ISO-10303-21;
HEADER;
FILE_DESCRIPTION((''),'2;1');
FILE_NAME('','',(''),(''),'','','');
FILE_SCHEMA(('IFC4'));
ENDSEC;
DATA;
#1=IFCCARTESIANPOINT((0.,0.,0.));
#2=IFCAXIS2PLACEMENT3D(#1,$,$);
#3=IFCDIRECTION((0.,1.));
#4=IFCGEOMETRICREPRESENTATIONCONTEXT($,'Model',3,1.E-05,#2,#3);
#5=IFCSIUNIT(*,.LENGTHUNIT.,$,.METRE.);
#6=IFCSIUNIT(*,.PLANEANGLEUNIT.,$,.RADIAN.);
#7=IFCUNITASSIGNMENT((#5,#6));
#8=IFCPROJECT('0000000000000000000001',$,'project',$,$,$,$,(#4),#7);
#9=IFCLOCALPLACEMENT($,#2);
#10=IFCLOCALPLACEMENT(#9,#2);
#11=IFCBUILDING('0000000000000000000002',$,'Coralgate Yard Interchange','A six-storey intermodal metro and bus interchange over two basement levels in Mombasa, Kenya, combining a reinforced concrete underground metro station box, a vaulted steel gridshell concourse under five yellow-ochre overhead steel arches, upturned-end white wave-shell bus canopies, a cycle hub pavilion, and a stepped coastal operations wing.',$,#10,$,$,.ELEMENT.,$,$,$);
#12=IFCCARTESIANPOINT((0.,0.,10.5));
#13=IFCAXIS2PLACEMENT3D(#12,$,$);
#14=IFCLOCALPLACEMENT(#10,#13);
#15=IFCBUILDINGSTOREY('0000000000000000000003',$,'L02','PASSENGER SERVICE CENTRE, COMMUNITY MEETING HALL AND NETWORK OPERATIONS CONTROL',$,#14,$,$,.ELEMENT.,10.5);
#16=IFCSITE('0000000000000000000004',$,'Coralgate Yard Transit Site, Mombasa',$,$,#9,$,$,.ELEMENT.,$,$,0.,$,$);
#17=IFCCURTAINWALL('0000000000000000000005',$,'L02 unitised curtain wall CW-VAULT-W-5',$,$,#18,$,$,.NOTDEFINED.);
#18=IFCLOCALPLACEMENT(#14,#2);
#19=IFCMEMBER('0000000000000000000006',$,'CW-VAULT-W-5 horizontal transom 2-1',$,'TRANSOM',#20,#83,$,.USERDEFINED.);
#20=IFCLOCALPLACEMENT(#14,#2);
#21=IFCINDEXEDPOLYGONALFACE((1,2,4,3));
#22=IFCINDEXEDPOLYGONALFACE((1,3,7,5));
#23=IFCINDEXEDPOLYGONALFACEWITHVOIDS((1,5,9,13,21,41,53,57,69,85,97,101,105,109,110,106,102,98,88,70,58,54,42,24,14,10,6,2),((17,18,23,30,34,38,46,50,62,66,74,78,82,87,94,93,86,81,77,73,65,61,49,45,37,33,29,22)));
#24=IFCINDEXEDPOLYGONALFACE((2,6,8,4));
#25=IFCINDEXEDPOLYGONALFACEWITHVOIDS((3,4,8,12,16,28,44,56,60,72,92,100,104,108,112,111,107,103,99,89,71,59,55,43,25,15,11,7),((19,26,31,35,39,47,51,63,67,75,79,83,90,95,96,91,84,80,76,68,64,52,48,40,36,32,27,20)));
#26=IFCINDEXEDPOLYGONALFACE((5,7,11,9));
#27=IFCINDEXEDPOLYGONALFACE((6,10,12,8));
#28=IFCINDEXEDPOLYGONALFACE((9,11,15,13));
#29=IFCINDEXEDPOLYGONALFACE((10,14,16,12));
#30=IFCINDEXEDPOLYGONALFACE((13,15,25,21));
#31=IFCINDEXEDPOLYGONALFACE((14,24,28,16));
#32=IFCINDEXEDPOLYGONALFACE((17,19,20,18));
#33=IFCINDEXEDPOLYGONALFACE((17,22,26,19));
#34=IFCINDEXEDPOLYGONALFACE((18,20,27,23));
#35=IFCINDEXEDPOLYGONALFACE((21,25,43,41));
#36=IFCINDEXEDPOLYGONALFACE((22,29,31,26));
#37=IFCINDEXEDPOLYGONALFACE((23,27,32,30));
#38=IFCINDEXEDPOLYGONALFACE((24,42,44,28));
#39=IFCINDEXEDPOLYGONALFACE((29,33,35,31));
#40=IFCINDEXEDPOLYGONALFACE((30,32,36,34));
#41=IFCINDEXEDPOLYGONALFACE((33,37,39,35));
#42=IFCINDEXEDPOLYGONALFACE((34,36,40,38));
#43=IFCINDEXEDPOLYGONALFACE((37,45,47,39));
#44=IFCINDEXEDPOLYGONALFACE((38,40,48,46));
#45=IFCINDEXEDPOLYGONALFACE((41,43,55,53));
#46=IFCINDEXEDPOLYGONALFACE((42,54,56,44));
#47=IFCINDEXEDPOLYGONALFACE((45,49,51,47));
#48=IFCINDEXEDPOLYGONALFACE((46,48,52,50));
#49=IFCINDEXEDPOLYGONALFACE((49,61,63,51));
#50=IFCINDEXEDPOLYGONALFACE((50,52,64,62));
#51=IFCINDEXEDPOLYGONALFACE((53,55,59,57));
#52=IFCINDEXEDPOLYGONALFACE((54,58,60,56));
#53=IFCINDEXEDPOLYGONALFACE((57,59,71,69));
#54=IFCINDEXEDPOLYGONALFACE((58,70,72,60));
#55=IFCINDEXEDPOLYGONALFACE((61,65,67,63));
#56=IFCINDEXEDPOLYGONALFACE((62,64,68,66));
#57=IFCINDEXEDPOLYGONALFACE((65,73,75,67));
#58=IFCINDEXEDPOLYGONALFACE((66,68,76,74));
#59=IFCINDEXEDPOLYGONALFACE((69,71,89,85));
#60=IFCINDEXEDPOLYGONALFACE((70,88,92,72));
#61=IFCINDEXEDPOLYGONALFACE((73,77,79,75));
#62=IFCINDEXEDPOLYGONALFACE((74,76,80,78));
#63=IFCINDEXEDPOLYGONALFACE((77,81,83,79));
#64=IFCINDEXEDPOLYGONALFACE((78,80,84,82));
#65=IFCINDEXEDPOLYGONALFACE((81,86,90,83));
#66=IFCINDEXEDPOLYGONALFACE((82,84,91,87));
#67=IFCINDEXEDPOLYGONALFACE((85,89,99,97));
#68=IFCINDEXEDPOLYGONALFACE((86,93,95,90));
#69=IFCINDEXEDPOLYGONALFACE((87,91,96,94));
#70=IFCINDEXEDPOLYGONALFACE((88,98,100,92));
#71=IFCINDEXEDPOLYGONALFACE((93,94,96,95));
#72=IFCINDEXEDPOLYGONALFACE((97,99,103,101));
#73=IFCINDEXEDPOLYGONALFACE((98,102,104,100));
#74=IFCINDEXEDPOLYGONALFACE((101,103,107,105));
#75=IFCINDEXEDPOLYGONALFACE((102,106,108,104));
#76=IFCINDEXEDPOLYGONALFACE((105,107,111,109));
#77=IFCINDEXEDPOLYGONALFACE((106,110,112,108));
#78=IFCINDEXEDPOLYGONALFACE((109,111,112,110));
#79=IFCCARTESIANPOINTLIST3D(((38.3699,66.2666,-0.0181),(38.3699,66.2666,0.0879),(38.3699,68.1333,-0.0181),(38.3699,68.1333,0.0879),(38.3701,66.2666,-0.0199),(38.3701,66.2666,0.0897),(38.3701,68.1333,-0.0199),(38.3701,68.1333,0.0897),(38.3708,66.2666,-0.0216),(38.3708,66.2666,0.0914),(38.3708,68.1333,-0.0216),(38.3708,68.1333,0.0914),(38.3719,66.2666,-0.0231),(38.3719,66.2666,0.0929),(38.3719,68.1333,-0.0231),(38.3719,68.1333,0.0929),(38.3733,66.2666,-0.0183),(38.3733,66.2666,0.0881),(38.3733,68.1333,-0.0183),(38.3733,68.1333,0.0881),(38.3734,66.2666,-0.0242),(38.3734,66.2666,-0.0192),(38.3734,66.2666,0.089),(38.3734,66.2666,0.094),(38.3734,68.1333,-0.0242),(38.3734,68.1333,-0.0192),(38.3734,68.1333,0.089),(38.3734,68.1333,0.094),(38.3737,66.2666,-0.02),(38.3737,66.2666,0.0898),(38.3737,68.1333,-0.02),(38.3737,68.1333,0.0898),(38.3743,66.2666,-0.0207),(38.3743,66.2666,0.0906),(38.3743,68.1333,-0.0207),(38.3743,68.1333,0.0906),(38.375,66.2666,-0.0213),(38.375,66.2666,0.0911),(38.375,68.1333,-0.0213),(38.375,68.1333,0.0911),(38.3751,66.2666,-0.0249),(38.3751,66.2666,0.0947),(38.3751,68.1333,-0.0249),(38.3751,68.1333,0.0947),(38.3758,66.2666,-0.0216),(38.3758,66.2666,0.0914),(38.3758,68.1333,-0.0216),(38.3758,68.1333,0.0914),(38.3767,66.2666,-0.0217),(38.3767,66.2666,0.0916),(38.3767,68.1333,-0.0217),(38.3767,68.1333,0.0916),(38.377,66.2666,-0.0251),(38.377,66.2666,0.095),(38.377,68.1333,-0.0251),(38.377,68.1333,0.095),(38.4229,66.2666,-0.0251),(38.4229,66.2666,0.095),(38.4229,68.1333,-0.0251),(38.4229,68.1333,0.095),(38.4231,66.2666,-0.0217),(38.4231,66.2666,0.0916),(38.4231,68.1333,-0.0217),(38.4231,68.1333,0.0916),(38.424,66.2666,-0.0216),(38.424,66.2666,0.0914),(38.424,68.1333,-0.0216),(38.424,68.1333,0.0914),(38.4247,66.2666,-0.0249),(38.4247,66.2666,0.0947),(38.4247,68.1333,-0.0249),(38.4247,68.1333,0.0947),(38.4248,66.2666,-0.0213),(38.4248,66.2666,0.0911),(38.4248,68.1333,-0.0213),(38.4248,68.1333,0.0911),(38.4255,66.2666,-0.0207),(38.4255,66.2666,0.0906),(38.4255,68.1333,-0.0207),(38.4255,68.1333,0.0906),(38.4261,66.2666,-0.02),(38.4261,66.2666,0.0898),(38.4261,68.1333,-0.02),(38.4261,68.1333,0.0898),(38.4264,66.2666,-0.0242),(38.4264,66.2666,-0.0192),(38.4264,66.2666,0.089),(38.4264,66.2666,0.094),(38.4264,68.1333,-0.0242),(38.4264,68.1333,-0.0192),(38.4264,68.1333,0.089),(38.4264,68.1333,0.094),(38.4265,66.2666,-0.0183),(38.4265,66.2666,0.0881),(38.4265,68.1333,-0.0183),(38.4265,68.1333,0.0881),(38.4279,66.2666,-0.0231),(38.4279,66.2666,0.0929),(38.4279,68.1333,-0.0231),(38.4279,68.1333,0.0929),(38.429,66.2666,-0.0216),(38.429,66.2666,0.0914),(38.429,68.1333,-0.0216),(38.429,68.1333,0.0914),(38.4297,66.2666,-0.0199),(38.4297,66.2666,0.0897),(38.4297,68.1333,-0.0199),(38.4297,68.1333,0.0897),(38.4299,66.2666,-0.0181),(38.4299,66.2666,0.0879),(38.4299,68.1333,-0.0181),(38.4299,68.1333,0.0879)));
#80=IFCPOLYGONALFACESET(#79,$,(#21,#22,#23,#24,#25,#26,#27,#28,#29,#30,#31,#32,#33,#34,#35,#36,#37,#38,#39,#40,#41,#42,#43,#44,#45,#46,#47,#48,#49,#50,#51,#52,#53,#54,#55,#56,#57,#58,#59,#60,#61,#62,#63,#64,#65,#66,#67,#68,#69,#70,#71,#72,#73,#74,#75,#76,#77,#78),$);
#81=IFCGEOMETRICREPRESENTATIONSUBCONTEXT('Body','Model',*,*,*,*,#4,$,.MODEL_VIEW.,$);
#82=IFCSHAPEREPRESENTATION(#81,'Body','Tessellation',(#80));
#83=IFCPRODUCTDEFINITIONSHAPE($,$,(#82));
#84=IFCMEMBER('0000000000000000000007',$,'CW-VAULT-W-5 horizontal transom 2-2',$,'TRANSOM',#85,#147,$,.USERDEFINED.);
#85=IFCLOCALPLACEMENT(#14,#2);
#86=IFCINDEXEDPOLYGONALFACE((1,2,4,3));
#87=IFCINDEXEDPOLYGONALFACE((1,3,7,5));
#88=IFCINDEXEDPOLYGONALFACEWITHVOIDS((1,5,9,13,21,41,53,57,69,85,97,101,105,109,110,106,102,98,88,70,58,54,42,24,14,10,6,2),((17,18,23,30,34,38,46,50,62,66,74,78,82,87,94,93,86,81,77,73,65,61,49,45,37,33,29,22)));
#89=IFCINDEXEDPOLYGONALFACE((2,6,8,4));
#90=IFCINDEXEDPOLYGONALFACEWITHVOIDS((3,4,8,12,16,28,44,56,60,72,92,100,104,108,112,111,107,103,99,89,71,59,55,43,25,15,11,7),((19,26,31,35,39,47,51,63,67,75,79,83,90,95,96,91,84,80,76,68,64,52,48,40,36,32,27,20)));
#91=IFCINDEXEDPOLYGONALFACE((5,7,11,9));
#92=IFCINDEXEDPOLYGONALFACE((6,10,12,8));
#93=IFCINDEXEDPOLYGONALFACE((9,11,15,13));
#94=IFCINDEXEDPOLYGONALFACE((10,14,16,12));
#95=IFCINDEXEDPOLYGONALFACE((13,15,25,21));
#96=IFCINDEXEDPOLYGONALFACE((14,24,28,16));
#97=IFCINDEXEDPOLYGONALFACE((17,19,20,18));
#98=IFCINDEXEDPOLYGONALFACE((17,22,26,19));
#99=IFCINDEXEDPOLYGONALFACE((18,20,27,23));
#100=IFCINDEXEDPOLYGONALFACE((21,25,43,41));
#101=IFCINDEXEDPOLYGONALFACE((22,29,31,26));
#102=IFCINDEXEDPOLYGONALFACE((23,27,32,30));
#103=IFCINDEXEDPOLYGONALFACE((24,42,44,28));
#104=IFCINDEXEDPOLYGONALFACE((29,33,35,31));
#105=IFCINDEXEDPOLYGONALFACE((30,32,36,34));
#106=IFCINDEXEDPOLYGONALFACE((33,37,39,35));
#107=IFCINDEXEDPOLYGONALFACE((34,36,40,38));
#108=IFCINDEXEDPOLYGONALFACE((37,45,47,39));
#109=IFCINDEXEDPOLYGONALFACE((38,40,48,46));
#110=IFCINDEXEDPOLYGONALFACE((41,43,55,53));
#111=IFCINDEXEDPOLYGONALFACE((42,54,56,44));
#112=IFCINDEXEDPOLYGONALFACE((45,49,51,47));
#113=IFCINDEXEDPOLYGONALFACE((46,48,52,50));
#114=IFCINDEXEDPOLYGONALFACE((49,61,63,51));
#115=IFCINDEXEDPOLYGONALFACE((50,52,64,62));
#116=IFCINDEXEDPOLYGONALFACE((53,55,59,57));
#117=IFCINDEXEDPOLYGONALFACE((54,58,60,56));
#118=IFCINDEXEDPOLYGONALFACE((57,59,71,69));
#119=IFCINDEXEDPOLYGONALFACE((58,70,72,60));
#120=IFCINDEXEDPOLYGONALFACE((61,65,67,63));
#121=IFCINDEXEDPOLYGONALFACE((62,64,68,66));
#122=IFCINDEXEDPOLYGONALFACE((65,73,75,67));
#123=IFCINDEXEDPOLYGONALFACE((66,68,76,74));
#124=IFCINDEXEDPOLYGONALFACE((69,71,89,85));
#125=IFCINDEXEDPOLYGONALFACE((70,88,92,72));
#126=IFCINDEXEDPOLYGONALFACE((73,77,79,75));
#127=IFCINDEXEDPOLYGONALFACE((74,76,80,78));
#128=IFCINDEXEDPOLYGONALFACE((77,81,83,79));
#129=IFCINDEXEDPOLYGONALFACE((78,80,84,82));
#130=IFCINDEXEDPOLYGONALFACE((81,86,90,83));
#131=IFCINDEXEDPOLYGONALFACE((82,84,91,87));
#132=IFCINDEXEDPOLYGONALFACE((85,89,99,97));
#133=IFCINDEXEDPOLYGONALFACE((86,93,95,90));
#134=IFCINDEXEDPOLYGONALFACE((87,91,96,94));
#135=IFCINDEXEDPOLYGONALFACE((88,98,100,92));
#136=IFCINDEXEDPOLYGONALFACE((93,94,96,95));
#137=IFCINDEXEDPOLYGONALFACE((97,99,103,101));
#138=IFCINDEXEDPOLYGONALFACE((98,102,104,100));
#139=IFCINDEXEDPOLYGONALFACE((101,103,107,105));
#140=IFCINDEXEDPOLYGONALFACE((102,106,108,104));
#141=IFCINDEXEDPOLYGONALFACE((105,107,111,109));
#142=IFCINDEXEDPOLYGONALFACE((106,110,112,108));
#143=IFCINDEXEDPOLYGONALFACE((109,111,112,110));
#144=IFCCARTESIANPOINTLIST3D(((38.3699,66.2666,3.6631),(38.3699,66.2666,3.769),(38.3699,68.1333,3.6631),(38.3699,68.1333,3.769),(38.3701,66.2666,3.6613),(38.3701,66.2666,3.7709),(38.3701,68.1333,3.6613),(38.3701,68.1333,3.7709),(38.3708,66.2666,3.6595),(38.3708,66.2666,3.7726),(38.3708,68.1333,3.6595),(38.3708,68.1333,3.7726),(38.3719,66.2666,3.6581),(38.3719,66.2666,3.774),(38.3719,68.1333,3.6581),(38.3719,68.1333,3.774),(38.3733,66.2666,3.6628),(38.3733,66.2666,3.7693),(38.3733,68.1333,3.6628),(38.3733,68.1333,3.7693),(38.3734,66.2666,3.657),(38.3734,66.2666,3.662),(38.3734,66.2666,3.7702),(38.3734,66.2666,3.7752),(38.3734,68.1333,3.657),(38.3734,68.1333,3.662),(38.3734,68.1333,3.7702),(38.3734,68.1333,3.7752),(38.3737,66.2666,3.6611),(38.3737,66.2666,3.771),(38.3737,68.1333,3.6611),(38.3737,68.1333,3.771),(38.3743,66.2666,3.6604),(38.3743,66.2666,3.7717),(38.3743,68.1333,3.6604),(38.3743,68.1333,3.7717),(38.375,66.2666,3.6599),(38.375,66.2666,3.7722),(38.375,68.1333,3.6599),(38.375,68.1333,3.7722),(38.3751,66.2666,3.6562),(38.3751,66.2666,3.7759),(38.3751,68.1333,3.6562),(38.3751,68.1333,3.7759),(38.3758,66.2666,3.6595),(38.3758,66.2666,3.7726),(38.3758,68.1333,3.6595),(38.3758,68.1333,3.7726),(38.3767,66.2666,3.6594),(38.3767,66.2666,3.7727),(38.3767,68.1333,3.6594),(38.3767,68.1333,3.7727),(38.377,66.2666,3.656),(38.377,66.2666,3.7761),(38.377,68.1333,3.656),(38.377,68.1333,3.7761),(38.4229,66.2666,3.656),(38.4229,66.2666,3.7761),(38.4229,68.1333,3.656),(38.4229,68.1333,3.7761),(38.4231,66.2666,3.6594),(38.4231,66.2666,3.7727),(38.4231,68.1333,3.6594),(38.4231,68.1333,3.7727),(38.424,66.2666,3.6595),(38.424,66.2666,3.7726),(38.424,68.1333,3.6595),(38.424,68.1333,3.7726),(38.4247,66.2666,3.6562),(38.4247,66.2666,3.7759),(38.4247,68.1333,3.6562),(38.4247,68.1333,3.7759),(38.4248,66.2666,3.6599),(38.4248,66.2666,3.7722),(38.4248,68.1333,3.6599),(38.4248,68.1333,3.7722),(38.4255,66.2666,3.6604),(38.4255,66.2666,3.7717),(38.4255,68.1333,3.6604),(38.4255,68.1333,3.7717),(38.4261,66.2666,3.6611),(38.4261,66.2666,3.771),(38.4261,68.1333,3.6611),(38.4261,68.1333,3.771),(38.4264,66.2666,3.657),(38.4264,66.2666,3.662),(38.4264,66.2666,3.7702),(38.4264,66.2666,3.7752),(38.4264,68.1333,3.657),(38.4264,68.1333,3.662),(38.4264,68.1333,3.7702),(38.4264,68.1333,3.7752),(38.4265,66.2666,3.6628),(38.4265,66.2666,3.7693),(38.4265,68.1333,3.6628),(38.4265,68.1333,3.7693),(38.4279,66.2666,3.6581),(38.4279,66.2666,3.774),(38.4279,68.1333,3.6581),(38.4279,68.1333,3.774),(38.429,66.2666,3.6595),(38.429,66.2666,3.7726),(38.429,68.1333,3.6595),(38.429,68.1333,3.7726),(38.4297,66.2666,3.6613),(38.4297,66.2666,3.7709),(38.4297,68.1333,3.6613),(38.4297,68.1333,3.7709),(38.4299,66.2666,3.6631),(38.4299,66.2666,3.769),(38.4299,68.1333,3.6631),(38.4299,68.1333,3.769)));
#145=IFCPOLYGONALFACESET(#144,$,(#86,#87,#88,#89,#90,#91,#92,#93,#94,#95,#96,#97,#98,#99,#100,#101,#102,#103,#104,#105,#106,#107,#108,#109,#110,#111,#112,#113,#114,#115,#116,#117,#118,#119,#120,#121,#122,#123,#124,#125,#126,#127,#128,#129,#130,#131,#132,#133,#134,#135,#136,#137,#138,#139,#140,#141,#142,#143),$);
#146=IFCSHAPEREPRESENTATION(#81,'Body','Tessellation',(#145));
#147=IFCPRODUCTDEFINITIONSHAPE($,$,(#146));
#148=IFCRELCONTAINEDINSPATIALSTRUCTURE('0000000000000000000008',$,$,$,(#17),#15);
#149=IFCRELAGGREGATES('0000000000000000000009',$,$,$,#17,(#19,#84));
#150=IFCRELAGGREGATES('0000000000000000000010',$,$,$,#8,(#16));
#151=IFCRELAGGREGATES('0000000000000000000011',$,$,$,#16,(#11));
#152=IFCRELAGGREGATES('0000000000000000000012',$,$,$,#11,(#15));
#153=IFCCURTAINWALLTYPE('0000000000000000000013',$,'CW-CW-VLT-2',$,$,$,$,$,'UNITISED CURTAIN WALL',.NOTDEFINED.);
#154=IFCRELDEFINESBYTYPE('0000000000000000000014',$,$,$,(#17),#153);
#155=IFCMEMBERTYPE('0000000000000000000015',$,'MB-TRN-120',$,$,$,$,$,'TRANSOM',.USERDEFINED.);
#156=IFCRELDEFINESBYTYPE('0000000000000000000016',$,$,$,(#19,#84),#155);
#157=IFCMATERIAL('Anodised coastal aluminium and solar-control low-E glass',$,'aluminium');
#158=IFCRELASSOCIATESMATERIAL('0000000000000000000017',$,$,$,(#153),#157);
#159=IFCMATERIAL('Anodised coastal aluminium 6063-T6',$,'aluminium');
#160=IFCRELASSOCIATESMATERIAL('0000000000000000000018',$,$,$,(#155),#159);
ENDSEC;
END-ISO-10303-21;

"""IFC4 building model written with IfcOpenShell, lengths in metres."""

from ifc_helpers import new_model, si_unit, direction, frame, origin, origin_2d, place, context, subcontext, project, spatial, hollow_rectangle, extrude, material, material_profile, profile_set, type_object, element, aggregate, save


model = new_model("IFC4")

# Units and contexts
model_context = context("Model", 3, precision=1e-05, world=origin(), true_north=direction((0.0, 1.0)))
body_context = subcontext(model_context, "Body", "Model", "MODEL_VIEW")
ifc_project = project(units=[si_unit("LENGTHUNIT", "METRE"), si_unit("PLANEANGLEUNIT", "RADIAN")], contexts=[model_context])

# Site, building, storey
site_placement = place(None, origin())
site = spatial("IfcSite", under=ifc_project, at=site_placement, Name="Coralgate Yard Transit Site, Mombasa", CompositionType="ELEMENT", RefElevation=0.0)
building_placement = place(site_placement, origin())
building = spatial("IfcBuilding", under=site, at=building_placement, Name="Coralgate Yard Interchange", Description="A six-storey intermodal metro and bus interchange over two basement levels in Mombasa, Kenya, combining a reinforced concrete underground metro station box, a vaulted steel gridshell concourse under five yellow-ochre overhead steel arches, upturned-end white wave-shell bus canopies, a cycle hub pavilion, and a stepped coastal operations wing.", CompositionType="ELEMENT")
storey_placement = place(building_placement, frame((0.0, 0.0, 10.5)))
storey = spatial("IfcBuildingStorey", under=building, at=storey_placement, Name="L02", Description="PASSENGER SERVICE CENTRE, COMMUNITY MEETING HALL AND NETWORK OPERATIONS CONTROL", CompositionType="ELEMENT", Elevation=10.5)

# Curtain wall
ifc_material_1 = material(Name="Anodised coastal aluminium and solar-control low-E glass", Category="aluminium")
ifc_material_2 = material(Name="Anodised coastal aluminium 6063-T6", Category="aluminium")
curtain_wall_type_1 = type_object("IfcCurtainWallType", Name="CW-CW-VLT-2", ElementType="UNITISED CURTAIN WALL", PredefinedType="NOTDEFINED", material=ifc_material_1)
curtain_wall_1_placement = place(storey_placement, origin())
curtain_wall_1 = element("IfcCurtainWall", 1, at=curtain_wall_1_placement, inside=storey, type_object=curtain_wall_type_1, Name="L02 unitised curtain wall CW-VAULT-W-5", PredefinedType="NOTDEFINED")

# Members
ifc_material_profile_1 = material_profile(ifc_material_2, hollow_rectangle(XDim=0.0601, YDim=0.1201, WallThickness=0.0034, InnerFilletRadius=0.0034, OuterFilletRadius=0.0071, at=origin_2d()), Name="ALU 60x120x3.5")
ifc_profile_set_1 = profile_set([ifc_material_profile_1], Name="Anodised coastal aluminium 6063-T6")
member_type_1 = type_object("IfcMemberType", Name="MB-TRN-120", ElementType="TRANSOM", PredefinedType="USERDEFINED", material=ifc_profile_set_1)
member_1_placement = place(storey_placement, frame((38.3999, 66.2666, 0.0349), z_axis=(0.0, 1.0, 0.0), x_axis=(-1.0, 0.0, 0.0)))
member_1 = element("IfcMember", 2, at=member_1_placement, type_object=member_type_1, Name="CW-VAULT-W-5 horizontal transom 2-1", ObjectType="TRANSOM", PredefinedType="USERDEFINED", context=body_context, shape_type="SweptSolid", body=[
    extrude(hollow_rectangle(XDim=0.0601, YDim=0.1201, WallThickness=0.0034, InnerFilletRadius=0.0034, OuterFilletRadius=0.0071, at=origin_2d()), origin(), (0.0, 0.0, 1.0), 1.8667),
])
member_2_placement = place(storey_placement, frame((38.3999, 66.2666, 3.7161), z_axis=(0.0, 1.0, 0.0), x_axis=(-1.0, 0.0, 0.0)))
member_2 = element("IfcMember", 3, at=member_2_placement, type_object=member_type_1, Name="CW-VAULT-W-5 horizontal transom 2-2", ObjectType="TRANSOM", PredefinedType="USERDEFINED", context=body_context, shape_type="SweptSolid", body=[
    extrude(hollow_rectangle(XDim=0.0601, YDim=0.1201, WallThickness=0.0034, InnerFilletRadius=0.0034, OuterFilletRadius=0.0071, at=origin_2d()), origin(), (0.0, 0.0, 1.0), 1.8667),
])

aggregate(curtain_wall_1, [member_1, member_2])

save(model, "model.ifc")
